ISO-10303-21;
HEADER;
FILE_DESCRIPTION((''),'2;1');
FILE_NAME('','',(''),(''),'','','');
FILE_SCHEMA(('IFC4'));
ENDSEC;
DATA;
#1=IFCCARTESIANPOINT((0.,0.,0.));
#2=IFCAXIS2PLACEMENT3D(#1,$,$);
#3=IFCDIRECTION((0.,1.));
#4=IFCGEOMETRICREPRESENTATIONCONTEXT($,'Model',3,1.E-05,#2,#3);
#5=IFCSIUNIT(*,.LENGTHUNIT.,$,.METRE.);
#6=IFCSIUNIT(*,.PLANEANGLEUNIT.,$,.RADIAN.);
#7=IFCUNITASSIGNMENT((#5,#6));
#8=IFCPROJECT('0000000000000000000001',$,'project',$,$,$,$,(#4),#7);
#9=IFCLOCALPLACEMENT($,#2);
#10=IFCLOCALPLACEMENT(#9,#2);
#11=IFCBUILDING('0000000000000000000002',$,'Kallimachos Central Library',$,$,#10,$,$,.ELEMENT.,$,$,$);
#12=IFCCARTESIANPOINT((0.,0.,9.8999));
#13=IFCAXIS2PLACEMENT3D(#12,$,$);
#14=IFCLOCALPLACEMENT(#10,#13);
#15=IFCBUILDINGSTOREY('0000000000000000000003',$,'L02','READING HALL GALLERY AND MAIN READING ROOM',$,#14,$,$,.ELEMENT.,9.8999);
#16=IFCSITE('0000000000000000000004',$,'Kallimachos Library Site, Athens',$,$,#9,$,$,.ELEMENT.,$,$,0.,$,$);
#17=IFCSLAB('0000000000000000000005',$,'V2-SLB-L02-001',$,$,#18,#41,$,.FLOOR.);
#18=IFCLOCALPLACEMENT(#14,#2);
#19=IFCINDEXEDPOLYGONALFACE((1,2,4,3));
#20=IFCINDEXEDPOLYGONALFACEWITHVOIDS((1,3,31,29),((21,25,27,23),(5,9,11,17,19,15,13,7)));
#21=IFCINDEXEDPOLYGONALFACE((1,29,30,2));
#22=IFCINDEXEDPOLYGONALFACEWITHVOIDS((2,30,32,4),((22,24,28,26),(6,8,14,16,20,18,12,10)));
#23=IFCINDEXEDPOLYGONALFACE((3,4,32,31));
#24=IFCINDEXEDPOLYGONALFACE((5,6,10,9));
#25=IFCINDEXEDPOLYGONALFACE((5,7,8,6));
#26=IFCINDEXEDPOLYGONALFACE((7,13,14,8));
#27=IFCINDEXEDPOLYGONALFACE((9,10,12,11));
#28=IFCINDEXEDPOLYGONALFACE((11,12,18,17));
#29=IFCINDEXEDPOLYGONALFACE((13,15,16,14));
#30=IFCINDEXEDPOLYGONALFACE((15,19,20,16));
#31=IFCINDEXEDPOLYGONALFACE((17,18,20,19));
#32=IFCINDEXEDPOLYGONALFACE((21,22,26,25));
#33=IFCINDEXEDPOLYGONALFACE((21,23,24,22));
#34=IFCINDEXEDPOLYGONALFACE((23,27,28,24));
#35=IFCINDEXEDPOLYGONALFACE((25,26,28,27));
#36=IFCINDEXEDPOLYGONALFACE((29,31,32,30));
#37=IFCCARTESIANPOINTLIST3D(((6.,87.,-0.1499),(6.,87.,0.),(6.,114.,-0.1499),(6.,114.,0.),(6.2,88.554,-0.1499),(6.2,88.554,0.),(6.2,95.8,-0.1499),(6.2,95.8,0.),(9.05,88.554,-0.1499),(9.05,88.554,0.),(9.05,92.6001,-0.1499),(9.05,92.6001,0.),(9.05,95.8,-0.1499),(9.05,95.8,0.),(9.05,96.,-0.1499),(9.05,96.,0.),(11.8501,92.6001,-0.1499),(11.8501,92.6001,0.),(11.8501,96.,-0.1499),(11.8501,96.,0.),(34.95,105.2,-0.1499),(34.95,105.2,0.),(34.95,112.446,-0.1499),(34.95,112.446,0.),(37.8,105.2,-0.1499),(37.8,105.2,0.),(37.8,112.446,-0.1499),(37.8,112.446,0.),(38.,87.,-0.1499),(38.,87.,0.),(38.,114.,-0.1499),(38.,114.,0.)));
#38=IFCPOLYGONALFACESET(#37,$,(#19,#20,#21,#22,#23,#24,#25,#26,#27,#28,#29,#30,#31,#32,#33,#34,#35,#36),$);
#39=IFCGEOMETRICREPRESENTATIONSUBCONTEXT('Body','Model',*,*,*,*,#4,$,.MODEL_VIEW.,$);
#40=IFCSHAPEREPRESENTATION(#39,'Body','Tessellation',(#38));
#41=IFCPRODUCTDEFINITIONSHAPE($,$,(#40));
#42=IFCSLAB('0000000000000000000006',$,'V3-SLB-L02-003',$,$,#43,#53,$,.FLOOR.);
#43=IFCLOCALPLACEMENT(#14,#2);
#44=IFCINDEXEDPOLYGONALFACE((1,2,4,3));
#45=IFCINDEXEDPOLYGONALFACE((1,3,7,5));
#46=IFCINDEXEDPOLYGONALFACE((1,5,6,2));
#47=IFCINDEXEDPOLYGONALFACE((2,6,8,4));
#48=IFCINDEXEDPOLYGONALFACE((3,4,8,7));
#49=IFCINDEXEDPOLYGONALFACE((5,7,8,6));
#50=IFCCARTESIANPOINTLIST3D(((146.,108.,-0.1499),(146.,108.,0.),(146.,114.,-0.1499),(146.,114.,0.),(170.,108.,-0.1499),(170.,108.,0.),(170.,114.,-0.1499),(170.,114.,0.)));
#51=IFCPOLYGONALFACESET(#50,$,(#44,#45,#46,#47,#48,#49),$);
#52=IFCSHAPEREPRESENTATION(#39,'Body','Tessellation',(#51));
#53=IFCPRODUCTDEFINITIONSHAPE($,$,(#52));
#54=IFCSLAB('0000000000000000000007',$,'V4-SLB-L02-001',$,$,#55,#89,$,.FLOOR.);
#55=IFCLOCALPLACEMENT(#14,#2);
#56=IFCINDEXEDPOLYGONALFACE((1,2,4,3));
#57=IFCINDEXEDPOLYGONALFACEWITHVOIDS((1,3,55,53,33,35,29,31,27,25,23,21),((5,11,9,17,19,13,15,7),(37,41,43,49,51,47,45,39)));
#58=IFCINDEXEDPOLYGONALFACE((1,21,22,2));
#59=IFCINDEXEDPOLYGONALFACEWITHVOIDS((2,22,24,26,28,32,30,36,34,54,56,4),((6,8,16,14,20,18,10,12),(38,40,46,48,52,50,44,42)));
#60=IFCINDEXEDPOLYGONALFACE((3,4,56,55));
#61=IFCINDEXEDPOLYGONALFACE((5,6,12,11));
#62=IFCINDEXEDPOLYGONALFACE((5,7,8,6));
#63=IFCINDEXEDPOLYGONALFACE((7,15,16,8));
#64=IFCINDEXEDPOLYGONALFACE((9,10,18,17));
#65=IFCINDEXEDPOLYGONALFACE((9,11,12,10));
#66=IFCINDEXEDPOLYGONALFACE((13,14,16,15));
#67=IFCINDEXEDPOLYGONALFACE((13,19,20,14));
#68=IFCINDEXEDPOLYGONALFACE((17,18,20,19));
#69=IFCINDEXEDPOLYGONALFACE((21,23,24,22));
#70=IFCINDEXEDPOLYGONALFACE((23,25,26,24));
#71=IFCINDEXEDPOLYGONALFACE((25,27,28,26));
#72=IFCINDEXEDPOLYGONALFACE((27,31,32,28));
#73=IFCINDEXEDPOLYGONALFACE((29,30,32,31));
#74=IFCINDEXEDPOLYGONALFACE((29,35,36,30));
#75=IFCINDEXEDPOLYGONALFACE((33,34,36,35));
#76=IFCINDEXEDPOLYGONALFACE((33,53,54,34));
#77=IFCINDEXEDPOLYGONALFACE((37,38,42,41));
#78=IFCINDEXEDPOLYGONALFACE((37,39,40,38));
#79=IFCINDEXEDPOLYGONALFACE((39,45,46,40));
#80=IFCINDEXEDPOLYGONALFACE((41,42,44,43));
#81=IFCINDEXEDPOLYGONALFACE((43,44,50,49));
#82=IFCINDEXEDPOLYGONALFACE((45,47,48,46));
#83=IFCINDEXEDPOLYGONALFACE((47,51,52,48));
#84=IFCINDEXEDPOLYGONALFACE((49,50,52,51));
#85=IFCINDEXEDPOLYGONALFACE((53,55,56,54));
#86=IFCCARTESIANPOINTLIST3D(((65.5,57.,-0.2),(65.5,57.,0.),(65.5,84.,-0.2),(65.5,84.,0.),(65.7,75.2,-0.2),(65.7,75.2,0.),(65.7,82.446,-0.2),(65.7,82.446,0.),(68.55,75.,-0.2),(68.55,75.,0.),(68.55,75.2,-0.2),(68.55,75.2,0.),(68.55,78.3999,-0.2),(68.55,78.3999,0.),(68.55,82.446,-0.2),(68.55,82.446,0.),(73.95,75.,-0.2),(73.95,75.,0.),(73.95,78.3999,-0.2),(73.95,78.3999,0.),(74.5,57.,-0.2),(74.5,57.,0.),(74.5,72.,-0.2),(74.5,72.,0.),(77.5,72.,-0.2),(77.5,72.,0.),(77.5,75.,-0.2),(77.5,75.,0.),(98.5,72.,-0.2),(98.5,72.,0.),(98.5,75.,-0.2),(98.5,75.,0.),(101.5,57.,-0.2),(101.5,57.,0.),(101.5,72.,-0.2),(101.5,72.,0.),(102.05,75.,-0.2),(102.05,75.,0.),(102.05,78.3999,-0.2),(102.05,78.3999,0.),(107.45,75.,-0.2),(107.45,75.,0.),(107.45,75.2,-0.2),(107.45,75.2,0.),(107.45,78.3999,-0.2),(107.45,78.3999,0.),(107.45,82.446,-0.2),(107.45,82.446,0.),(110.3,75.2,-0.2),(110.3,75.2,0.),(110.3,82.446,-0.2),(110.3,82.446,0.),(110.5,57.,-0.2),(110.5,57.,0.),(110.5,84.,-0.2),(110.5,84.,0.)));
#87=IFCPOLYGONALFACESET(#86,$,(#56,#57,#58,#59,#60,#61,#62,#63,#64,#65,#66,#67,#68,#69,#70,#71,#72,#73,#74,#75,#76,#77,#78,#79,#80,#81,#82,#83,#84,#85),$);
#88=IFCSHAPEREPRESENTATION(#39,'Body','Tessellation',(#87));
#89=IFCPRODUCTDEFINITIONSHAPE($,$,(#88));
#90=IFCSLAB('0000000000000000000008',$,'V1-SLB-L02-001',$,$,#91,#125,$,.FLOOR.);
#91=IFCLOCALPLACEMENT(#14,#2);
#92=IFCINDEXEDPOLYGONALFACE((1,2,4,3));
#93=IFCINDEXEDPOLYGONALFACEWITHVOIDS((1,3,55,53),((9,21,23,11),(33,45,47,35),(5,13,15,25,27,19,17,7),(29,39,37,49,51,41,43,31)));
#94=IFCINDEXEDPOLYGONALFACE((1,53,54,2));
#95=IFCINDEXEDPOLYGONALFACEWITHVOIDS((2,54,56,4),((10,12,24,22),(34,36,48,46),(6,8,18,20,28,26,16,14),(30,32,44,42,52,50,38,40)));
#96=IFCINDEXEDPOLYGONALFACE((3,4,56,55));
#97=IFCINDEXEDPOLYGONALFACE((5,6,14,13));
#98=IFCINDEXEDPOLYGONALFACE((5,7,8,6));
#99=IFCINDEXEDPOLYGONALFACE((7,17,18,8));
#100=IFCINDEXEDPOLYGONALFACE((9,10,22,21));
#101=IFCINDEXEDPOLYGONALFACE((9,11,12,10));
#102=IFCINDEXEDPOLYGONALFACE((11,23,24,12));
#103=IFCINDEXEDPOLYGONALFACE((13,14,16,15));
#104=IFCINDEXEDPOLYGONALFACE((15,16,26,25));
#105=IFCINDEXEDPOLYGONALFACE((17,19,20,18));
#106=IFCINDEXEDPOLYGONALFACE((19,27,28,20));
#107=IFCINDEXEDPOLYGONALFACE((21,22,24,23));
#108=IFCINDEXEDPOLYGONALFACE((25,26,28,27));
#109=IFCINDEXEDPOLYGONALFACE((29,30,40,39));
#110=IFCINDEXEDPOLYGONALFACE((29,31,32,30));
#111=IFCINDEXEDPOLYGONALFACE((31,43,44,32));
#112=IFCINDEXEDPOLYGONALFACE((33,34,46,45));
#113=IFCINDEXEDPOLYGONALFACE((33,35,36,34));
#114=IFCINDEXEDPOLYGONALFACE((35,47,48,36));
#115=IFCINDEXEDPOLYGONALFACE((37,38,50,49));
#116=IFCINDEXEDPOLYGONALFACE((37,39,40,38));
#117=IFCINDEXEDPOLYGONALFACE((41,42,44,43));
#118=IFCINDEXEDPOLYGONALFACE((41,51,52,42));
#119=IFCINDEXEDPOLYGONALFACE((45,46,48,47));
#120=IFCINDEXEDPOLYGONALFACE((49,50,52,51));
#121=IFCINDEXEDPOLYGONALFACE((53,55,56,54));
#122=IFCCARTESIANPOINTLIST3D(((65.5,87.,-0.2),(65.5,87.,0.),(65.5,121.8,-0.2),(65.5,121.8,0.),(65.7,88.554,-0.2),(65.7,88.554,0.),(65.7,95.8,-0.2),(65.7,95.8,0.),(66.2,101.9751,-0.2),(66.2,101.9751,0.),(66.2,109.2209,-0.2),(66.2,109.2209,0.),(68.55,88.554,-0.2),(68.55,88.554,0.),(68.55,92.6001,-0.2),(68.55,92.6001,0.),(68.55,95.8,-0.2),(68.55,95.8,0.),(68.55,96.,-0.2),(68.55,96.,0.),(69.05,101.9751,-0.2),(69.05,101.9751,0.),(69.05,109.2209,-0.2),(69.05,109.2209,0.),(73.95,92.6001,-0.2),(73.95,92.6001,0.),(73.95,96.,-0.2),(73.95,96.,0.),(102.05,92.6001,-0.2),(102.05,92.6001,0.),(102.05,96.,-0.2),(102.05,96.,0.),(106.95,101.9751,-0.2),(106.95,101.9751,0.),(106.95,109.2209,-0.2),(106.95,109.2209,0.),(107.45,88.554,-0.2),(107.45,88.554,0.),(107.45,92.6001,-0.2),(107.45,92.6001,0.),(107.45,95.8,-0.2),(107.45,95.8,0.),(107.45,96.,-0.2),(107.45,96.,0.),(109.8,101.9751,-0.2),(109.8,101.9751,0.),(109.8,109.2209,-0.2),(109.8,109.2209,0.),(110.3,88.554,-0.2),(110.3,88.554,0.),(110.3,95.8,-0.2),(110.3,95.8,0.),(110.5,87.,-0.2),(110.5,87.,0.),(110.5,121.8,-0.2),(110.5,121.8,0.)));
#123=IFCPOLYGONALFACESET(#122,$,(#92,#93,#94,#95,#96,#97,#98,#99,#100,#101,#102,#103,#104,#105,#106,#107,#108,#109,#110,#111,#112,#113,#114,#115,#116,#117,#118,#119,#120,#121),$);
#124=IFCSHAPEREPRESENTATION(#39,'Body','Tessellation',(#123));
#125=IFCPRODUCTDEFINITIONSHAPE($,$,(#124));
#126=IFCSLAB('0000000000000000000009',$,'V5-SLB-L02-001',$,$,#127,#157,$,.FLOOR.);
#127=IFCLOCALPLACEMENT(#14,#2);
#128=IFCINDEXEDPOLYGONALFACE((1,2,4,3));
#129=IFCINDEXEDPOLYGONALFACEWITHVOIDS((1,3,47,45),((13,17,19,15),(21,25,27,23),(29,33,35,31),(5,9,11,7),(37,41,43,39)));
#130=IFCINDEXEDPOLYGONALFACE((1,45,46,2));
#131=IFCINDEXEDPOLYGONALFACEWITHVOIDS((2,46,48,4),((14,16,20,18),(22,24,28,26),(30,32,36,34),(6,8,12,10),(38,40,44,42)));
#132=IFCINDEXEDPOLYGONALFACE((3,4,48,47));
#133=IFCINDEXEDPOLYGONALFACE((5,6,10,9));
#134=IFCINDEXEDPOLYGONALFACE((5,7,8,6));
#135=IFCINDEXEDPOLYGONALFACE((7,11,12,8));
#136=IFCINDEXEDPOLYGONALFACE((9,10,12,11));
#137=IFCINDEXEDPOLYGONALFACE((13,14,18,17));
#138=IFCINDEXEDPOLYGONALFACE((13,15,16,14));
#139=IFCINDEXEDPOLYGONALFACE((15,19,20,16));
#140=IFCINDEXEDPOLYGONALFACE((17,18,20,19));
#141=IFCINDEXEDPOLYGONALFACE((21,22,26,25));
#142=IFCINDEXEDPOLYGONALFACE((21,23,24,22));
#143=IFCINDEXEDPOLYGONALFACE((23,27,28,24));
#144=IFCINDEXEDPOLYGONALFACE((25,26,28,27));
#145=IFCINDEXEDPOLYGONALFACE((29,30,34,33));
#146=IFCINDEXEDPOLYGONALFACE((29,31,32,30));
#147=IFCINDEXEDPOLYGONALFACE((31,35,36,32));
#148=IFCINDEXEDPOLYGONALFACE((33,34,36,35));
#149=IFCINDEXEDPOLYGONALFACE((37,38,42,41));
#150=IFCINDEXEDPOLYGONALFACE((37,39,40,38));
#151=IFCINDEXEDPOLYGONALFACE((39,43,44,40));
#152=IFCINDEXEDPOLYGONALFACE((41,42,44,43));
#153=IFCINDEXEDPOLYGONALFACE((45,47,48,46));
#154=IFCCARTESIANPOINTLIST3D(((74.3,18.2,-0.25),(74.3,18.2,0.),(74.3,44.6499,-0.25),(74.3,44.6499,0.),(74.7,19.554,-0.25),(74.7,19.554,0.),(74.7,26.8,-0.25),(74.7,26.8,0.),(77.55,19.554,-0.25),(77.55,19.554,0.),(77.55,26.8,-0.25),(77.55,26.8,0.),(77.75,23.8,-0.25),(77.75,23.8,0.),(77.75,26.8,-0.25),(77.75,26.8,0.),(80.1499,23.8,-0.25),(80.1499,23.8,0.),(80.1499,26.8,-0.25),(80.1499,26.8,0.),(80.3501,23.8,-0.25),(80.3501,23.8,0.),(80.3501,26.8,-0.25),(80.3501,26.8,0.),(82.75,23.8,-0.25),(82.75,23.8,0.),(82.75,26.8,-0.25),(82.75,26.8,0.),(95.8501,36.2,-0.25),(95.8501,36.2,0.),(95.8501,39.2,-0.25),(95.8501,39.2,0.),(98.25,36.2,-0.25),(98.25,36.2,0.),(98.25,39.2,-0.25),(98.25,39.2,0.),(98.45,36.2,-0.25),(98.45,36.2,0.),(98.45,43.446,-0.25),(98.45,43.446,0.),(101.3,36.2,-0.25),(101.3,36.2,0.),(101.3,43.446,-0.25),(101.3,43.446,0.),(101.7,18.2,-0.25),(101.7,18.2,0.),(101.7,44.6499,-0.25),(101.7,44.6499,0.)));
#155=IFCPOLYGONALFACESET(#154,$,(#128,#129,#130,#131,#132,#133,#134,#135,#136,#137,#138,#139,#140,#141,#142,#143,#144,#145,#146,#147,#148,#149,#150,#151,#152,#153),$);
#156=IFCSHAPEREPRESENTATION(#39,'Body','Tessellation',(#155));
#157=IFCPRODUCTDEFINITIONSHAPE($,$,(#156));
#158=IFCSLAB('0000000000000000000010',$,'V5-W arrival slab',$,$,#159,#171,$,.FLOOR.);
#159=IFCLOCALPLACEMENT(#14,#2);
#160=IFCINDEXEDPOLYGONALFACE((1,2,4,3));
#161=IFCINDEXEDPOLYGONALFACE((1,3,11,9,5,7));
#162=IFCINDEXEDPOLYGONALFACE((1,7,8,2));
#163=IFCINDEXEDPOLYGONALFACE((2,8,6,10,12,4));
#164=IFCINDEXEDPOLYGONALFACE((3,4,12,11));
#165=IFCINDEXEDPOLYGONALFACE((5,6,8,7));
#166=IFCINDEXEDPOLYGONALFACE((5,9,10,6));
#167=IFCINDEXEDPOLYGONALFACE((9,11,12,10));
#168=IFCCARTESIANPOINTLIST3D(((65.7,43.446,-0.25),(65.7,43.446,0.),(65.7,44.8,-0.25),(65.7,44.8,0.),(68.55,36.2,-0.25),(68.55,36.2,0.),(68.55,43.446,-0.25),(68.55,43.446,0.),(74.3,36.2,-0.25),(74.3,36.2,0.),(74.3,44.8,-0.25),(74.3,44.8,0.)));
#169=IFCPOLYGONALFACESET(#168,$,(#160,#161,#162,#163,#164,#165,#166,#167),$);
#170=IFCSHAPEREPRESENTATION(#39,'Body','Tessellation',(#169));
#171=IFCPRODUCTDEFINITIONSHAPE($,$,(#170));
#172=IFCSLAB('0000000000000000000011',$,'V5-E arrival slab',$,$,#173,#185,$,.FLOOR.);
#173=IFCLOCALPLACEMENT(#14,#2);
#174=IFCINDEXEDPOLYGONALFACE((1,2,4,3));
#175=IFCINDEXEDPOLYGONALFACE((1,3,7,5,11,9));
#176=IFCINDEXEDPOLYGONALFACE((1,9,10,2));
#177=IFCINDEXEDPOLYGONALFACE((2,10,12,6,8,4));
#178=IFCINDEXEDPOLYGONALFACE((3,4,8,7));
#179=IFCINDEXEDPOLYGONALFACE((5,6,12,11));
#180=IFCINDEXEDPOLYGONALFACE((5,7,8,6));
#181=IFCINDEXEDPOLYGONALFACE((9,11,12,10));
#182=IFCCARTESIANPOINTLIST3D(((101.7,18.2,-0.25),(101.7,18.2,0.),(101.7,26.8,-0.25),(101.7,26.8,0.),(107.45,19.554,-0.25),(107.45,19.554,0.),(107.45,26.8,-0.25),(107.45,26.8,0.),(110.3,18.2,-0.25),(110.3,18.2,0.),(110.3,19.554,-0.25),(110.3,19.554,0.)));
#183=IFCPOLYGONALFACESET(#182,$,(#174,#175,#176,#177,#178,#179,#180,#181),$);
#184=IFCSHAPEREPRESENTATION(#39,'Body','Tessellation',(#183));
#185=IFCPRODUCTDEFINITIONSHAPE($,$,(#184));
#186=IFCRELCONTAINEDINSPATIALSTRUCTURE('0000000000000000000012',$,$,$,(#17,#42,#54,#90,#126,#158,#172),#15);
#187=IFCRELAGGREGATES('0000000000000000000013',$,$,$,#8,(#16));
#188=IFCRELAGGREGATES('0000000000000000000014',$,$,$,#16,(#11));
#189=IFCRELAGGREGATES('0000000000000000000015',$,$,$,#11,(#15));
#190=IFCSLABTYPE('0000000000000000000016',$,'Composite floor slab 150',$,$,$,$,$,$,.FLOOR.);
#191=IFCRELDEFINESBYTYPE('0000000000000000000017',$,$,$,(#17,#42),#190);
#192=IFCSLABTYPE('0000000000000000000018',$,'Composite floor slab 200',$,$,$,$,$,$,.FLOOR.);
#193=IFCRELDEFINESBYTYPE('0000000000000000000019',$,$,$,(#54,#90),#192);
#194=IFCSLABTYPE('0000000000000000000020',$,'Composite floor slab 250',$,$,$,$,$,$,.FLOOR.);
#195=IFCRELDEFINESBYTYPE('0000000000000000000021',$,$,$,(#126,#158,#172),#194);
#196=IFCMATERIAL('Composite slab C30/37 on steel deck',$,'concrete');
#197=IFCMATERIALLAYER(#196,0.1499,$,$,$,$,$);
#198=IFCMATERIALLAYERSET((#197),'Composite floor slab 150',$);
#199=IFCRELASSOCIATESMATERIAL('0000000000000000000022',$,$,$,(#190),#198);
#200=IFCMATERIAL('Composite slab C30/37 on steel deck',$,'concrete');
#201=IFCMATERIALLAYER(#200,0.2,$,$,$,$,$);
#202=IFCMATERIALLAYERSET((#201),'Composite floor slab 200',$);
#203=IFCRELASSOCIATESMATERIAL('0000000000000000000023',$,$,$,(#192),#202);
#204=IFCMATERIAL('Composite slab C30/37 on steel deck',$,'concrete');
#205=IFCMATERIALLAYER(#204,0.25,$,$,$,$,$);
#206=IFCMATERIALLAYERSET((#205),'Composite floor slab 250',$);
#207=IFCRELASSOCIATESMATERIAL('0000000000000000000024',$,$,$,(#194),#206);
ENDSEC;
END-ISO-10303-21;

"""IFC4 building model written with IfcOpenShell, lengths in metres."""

from ifc_helpers import new_model, si_unit, direction, frame, origin, place, context, subcontext, project, spatial, polyline, outline, extrude, material, layer, layer_set, type_object, element, save


model = new_model("IFC4")

# Units and contexts
model_context = context("Model", 3, precision=1e-05, world=origin(), true_north=direction((0.0, 1.0)))
body_context = subcontext(model_context, "Body", "Model", "MODEL_VIEW")
ifc_project = project(units=[si_unit("LENGTHUNIT", "METRE"), si_unit("PLANEANGLEUNIT", "RADIAN")], contexts=[model_context])

# Site, building, storey
site_placement = place(None, origin())
site = spatial("IfcSite", under=ifc_project, at=site_placement, Name="Kallimachos Library Site, Athens", CompositionType="ELEMENT", RefElevation=0.0)
building_placement = place(site_placement, origin())
building = spatial("IfcBuilding", under=site, at=building_placement, Name="Kallimachos Central Library", CompositionType="ELEMENT")
storey_placement = place(building_placement, frame((0.0, 0.0, 9.8999)))
storey = spatial("IfcBuildingStorey", under=building, at=storey_placement, Name="L02", Description="READING HALL GALLERY AND MAIN READING ROOM", CompositionType="ELEMENT", Elevation=9.8999)

# Slabs
ifc_material_1 = material(Name="Composite slab C30/37 on steel deck", Category="concrete")
ifc_layer_1 = layer(ifc_material_1, 0.1499)
ifc_layer_set_1 = layer_set([ifc_layer_1], Name="Composite floor slab 150")
slab_type_1 = type_object("IfcSlabType", Name="Composite floor slab 150", PredefinedType="FLOOR", material=ifc_layer_set_1)
slab_1_placement = place(storey_placement, frame((0.0, 0.0, -0.1499)))
element("IfcSlab", 1, at=slab_1_placement, inside=storey, type_object=slab_type_1, Name="V2-SLB-L02-001", PredefinedType="FLOOR", context=body_context, shape_type="SweptSolid", body=[
    extrude(outline(polyline([(6.0, 114.0), (38.0, 114.0), (38.0, 87.0), (6.0, 87.0), (6.0, 114.0)]), holes=[polyline([(9.05, 88.554), (9.05, 92.6001), (11.8501, 92.6001), (11.8501, 96.0), (9.05, 96.0), (9.05, 95.8), (6.2, 95.8), (6.2, 88.554), (9.05, 88.554)]), polyline([(37.8, 112.446), (34.95, 112.446), (34.95, 105.2), (37.8, 105.2), (37.8, 112.446)])]), origin(), (0.0, 0.0, 1.0), 0.1499),
])
slab_2_placement = place(storey_placement, frame((0.0, 0.0, -0.1499)))
element("IfcSlab", 2, at=slab_2_placement, inside=storey, type_object=slab_type_1, Name="V3-SLB-L02-003", PredefinedType="FLOOR", context=body_context, shape_type="SweptSolid", body=[
    extrude(outline(polyline([(146.0, 108.0), (170.0, 108.0), (170.0, 114.0), (146.0, 114.0), (146.0, 108.0)])), origin(), (0.0, 0.0, 1.0), 0.1499),
])
ifc_material_2 = material(Name="Composite slab C30/37 on steel deck", Category="concrete")
ifc_layer_2 = layer(ifc_material_2, 0.2)
ifc_layer_set_2 = layer_set([ifc_layer_2], Name="Composite floor slab 200")
slab_type_2 = type_object("IfcSlabType", Name="Composite floor slab 200", PredefinedType="FLOOR", material=ifc_layer_set_2)
slab_3_placement = place(storey_placement, frame((0.0, 0.0, -0.2)))
element("IfcSlab", 3, at=slab_3_placement, inside=storey, type_object=slab_type_2, Name="V4-SLB-L02-001", PredefinedType="FLOOR", context=body_context, shape_type="SweptSolid", body=[
    extrude(outline(polyline([(77.5, 75.0), (77.5, 72.0), (74.5, 72.0), (74.5, 57.0), (65.5, 57.0), (65.5, 84.0), (110.5, 84.0), (110.5, 57.0), (101.5, 57.0), (101.5, 72.0), (98.5, 72.0), (98.5, 75.0), (77.5, 75.0)]), holes=[polyline([(68.55, 75.0), (73.95, 75.0), (73.95, 78.3999), (68.55, 78.3999), (68.55, 82.446), (65.7, 82.446), (65.7, 75.2), (68.55, 75.2), (68.55, 75.0)]), polyline([(110.3, 82.446), (107.45, 82.446), (107.45, 78.3999), (102.05, 78.3999), (102.05, 75.0), (107.45, 75.0), (107.45, 75.2), (110.3, 75.2), (110.3, 82.446)])]), origin(), (0.0, 0.0, 1.0), 0.2),
])
slab_4_placement = place(storey_placement, frame((0.0, 0.0, -0.2)))
element("IfcSlab", 4, at=slab_4_placement, inside=storey, type_object=slab_type_2, Name="V1-SLB-L02-001", PredefinedType="FLOOR", context=body_context, shape_type="SweptSolid", body=[
    extrude(outline(polyline([(65.5, 121.8), (110.5, 121.8), (110.5, 87.0), (65.5, 87.0), (65.5, 121.8)]), holes=[polyline([(65.7, 95.8), (65.7, 88.554), (68.55, 88.554), (68.55, 92.6001), (73.95, 92.6001), (73.95, 96.0), (68.55, 96.0), (68.55, 95.8), (65.7, 95.8)]), polyline([(107.45, 95.8), (107.45, 96.0), (102.05, 96.0), (102.05, 92.6001), (107.45, 92.6001), (107.45, 88.554), (110.3, 88.554), (110.3, 95.8), (107.45, 95.8)]), polyline([(69.05, 101.9751), (69.05, 109.2209), (66.2, 109.2209), (66.2, 101.9751), (69.05, 101.9751)]), polyline([(109.8, 101.9751), (109.8, 109.2209), (106.95, 109.2209), (106.95, 101.9751), (109.8, 101.9751)])]), origin(), (0.0, 0.0, 1.0), 0.2),
])
ifc_material_3 = material(Name="Composite slab C30/37 on steel deck", Category="concrete")
ifc_layer_3 = layer(ifc_material_3, 0.25)
ifc_layer_set_3 = layer_set([ifc_layer_3], Name="Composite floor slab 250")
slab_type_3 = type_object("IfcSlabType", Name="Composite floor slab 250", PredefinedType="FLOOR", material=ifc_layer_set_3)
slab_5_placement = place(storey_placement, frame((0.0, 0.0, -0.25)))
element("IfcSlab", 5, at=slab_5_placement, inside=storey, type_object=slab_type_3, Name="V5-SLB-L02-001", PredefinedType="FLOOR", context=body_context, shape_type="SweptSolid", body=[
    extrude(outline(polyline([(74.3, 44.6499), (101.7, 44.6499), (101.7, 18.2), (74.3, 18.2), (74.3, 44.6499)]), holes=[polyline([(74.7, 19.554), (77.55, 19.554), (77.55, 26.8), (74.7, 26.8), (74.7, 19.554)]), polyline([(77.75, 26.8), (77.75, 23.8), (80.1499, 23.8), (80.1499, 26.8), (77.75, 26.8)]), polyline([(80.3501, 26.8), (80.3501, 23.8), (82.75, 23.8), (82.75, 26.8), (80.3501, 26.8)]), polyline([(98.25, 39.2), (95.8501, 39.2), (95.8501, 36.2), (98.25, 36.2), (98.25, 39.2)]), polyline([(101.3, 36.2), (101.3, 43.446), (98.45, 43.446), (98.45, 36.2), (101.3, 36.2)])]), origin(), (0.0, 0.0, 1.0), 0.25),
])
slab_6_placement = place(storey_placement, frame((0.0, 0.0, -0.25)))
element("IfcSlab", 6, at=slab_6_placement, inside=storey, type_object=slab_type_3, Name="V5-W arrival slab", PredefinedType="FLOOR", context=body_context, shape_type="SweptSolid", body=[
    extrude(outline(polyline([(65.7, 44.8), (74.3, 44.8), (74.3, 36.2), (68.55, 36.2), (68.55, 43.446), (65.7, 43.446), (65.7, 44.8)])), origin(), (0.0, 0.0, 1.0), 0.25),
])
slab_7_placement = place(storey_placement, frame((0.0, 0.0, -0.25)))
element("IfcSlab", 7, at=slab_7_placement, inside=storey, type_object=slab_type_3, Name="V5-E arrival slab", PredefinedType="FLOOR", context=body_context, shape_type="SweptSolid", body=[
    extrude(outline(polyline([(110.3, 18.2), (101.7, 18.2), (101.7, 26.8), (107.45, 26.8), (107.45, 19.554), (110.3, 19.554), (110.3, 18.2)])), origin(), (0.0, 0.0, 1.0), 0.25),
])

save(model, "model.ifc")
